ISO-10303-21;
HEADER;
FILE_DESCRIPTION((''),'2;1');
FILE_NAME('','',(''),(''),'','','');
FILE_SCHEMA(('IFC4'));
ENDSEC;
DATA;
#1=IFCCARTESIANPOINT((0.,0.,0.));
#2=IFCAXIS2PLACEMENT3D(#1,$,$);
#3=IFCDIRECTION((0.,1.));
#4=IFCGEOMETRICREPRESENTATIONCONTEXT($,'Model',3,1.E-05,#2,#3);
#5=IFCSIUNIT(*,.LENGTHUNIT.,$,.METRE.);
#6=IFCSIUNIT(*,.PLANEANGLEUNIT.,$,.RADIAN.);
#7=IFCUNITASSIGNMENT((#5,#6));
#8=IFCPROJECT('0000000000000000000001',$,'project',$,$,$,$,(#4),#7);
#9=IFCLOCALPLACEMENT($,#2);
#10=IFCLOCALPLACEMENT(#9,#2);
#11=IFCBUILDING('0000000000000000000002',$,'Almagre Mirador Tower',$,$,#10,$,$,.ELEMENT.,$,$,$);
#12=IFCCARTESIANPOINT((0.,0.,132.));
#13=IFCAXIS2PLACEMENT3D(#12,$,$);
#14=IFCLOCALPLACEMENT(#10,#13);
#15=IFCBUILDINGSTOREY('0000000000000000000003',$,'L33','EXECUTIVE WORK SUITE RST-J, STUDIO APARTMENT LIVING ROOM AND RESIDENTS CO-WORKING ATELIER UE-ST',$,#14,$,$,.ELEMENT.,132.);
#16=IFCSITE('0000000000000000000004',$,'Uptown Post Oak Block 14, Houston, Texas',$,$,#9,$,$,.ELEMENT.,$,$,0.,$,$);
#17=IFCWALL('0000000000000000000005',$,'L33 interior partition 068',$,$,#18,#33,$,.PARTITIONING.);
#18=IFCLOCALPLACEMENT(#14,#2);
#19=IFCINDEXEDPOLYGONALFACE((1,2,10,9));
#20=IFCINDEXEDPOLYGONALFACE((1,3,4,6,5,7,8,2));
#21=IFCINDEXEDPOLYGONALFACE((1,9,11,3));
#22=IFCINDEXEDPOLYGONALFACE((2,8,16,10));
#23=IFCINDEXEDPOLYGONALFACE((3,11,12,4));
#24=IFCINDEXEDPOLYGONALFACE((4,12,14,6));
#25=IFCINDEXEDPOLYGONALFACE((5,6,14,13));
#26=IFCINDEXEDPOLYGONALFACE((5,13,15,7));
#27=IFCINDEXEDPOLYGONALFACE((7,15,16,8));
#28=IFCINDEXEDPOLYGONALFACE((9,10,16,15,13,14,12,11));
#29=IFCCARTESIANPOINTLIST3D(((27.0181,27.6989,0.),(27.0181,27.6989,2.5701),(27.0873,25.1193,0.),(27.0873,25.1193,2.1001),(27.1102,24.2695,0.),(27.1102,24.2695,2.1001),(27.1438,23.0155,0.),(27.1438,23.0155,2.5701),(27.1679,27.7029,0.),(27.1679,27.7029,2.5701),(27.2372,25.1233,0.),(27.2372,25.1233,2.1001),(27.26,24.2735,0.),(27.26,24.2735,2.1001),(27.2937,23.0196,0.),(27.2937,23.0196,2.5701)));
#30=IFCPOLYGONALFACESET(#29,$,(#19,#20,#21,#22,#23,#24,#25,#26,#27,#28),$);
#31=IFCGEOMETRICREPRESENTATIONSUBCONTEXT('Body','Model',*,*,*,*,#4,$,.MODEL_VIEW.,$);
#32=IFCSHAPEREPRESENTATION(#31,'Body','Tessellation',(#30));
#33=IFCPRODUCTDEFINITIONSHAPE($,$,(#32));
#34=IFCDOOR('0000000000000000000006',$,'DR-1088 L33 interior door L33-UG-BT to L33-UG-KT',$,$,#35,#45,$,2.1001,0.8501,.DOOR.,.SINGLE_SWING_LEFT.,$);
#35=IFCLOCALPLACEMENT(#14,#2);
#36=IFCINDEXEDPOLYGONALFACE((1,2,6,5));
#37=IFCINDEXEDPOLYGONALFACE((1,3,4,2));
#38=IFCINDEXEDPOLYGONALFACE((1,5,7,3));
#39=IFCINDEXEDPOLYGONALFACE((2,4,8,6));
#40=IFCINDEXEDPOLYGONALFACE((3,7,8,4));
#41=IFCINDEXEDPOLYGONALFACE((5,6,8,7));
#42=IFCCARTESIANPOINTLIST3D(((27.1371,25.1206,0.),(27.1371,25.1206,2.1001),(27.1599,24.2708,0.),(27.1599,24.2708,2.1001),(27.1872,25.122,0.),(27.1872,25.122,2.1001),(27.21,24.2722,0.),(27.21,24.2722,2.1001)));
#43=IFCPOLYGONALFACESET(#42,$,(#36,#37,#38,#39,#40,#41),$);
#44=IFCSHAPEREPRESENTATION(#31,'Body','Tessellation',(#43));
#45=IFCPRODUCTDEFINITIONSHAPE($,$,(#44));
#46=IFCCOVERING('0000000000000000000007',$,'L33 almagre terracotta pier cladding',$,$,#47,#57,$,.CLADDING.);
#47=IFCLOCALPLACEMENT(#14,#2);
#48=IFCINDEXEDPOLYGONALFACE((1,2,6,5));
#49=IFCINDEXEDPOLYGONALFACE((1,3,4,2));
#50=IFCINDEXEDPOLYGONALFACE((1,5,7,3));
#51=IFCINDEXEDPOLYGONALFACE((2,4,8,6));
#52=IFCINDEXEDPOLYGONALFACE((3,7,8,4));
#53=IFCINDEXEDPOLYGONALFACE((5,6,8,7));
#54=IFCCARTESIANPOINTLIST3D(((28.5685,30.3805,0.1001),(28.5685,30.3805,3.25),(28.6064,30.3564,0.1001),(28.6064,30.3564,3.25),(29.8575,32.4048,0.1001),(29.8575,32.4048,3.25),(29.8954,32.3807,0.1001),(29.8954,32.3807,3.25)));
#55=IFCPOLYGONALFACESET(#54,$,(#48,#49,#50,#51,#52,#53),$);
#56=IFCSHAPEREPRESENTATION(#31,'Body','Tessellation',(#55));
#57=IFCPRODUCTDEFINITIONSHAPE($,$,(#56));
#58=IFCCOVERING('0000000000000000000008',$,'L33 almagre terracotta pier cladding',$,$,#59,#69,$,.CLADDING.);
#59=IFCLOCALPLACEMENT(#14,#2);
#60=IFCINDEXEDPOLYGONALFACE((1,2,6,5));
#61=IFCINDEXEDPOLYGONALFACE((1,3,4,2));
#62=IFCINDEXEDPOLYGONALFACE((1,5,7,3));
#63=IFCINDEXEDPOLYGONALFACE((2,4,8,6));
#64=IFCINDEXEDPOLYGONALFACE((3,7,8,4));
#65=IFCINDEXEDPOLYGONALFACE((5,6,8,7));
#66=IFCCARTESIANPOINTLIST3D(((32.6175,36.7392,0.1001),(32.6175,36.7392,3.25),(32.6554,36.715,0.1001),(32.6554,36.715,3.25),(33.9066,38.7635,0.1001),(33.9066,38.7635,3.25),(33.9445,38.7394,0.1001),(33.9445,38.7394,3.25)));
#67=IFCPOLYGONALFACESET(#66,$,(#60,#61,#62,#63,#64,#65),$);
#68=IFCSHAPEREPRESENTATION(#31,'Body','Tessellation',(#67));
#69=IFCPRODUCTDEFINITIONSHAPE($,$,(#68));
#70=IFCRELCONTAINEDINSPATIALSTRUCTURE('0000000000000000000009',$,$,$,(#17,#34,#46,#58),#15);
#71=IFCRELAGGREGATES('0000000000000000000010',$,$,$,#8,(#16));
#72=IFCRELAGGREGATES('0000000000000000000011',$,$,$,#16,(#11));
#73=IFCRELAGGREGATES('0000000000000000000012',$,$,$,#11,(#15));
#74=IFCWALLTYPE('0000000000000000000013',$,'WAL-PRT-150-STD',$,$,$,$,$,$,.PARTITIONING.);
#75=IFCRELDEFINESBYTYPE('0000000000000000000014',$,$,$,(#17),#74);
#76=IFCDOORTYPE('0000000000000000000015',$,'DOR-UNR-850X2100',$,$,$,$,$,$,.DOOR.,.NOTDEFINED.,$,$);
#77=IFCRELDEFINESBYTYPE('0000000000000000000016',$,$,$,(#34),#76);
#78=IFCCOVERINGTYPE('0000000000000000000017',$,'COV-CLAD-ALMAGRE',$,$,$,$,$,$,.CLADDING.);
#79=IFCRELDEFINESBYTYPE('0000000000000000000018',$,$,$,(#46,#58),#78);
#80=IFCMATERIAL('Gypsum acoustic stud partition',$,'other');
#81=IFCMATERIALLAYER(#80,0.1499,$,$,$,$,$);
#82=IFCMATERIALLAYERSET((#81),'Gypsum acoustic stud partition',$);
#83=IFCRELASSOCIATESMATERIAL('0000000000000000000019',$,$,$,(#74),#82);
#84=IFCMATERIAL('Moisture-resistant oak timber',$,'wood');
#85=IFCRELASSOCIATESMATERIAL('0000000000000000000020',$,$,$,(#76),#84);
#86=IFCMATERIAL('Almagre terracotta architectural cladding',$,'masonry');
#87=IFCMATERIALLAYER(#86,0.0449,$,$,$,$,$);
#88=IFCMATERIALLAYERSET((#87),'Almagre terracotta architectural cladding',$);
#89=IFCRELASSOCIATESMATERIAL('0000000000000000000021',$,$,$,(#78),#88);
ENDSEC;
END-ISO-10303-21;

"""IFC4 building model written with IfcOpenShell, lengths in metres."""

from ifc_helpers import new_model, si_unit, direction, frame, frame_2d, origin, origin_2d, place, context, subcontext, project, spatial, rectangle, extrude, material, layer, layer_set, type_object, element, fill, save


model = new_model("IFC4")

# Units and contexts
model_context = context("Model", 3, precision=1e-05, world=origin(), true_north=direction((0.0, 1.0)))
body_context = subcontext(model_context, "Body", "Model", "MODEL_VIEW")
ifc_project = project(units=[si_unit("LENGTHUNIT", "METRE"), si_unit("PLANEANGLEUNIT", "RADIAN")], contexts=[model_context])

# Site, building, storey
site_placement = place(None, origin())
site = spatial("IfcSite", under=ifc_project, at=site_placement, Name="Uptown Post Oak Block 14, Houston, Texas", CompositionType="ELEMENT", RefElevation=0.0)
building_placement = place(site_placement, origin())
building = spatial("IfcBuilding", under=site, at=building_placement, Name="Almagre Mirador Tower", CompositionType="ELEMENT")
storey_placement = place(building_placement, frame((0.0, 0.0, 132.0)))
storey = spatial("IfcBuildingStorey", under=building, at=storey_placement, Name="L33", Description="EXECUTIVE WORK SUITE RST-J, STUDIO APARTMENT LIVING ROOM AND RESIDENTS CO-WORKING ATELIER UE-ST", CompositionType="ELEMENT", Elevation=132.0)

# Wall, opening, door
ifc_material_1 = material(Name="Gypsum acoustic stud partition", Category="other")
ifc_layer_1 = layer(ifc_material_1, 0.1499)
ifc_layer_set_1 = layer_set([ifc_layer_1], Name="Gypsum acoustic stud partition")
wall_type_1 = type_object("IfcWallType", Name="WAL-PRT-150-STD", PredefinedType="PARTITIONING", material=ifc_layer_set_1)
wall_1_placement = place(storey_placement, frame((27.093, 27.7009, 0.0), z_axis=(0.0, 0.0, 1.0), x_axis=(0.026837, -0.99964, 0.0)))
wall_1 = element("IfcWall", 1, at=wall_1_placement, inside=storey, type_object=wall_type_1, Name="L33 interior partition 068", PredefinedType="PARTITIONING", context=body_context, shape_type="SweptSolid", body=[
    extrude(rectangle(XDim=4.6851, YDim=0.1499, at=frame_2d((2.3425, 0.0))), origin(), (0.0, 0.0, 1.0), 2.5701),
])
opening_1_placement = place(wall_1_placement, frame((2.5806, 0.0, 0.0)))
opening_1 = element("IfcOpeningElement", 2, at=opening_1_placement, cuts=wall_1, PredefinedType="OPENING", context=body_context, shape_type="SweptSolid", body=[
    extrude(rectangle(XDim=0.8501, YDim=2.1001, at=frame_2d((0.425, 1.05))), frame((0.0, 0.085, 0.0), z_axis=(0.0, -1.0, 0.0), x_axis=(1.0, 0.0, 0.0)), (0.0, 0.0, 1.0), 0.1699),
])
ifc_material_2 = material(Name="Moisture-resistant oak timber", Category="wood")
door_type = type_object("IfcDoorType", Name="DOR-UNR-850X2100", OperationType="NOTDEFINED", PredefinedType="DOOR", material=ifc_material_2)
door_placement = place(opening_1_placement, origin())
door = element("IfcDoor", 3, at=door_placement, inside=storey, type_object=door_type, Name="DR-1088 L33 interior door L33-UG-BT to L33-UG-KT", OperationType="SINGLE_SWING_LEFT", OverallHeight=2.1001, OverallWidth=0.8501, PredefinedType="DOOR", context=body_context, shape_type="SweptSolid", body=[
    extrude(rectangle(XDim=0.8501, YDim=2.1001, at=frame_2d((0.425, 1.05))), frame((0.0, 0.0249, 0.0), z_axis=(0.0, -1.0, 0.0), x_axis=(1.0, 0.0, 0.0)), (0.0, 0.0, 1.0), 0.05),
])
fill(opening_1, door)

# Coverings
ifc_material_3 = material(Name="Almagre terracotta architectural cladding", Category="masonry")
ifc_layer_2 = layer(ifc_material_3, 0.0449)
ifc_layer_set_2 = layer_set([ifc_layer_2], Name="Almagre terracotta architectural cladding")
covering_type = type_object("IfcCoveringType", Name="COV-CLAD-ALMAGRE", PredefinedType="CLADDING", material=ifc_layer_set_2)
for number, where, z_axis, x_axis, name in (
    (4, (29.2319, 31.3806, 0.1001), (0.0, 0.0, 1.0), (0.537123, 0.843504, 0.0), "L33 almagre terracotta pier cladding"),
    (5, (33.281, 37.7393, 0.1001), (0.0, 0.0, 1.0), (0.537123, 0.843504, 0.0), "L33 almagre terracotta pier cladding"),
):
    element("IfcCovering", number, at=place(storey_placement, frame(where, z_axis=z_axis, x_axis=x_axis)), inside=storey, type_object=covering_type, Name=name, PredefinedType="CLADDING", context=body_context, shape_type="SweptSolid", body=[
        extrude(rectangle(XDim=2.3999, YDim=0.0449, at=origin_2d()), origin(), (0.0, 0.0, 1.0), 3.1499),
    ])

save(model, "model.ifc")
